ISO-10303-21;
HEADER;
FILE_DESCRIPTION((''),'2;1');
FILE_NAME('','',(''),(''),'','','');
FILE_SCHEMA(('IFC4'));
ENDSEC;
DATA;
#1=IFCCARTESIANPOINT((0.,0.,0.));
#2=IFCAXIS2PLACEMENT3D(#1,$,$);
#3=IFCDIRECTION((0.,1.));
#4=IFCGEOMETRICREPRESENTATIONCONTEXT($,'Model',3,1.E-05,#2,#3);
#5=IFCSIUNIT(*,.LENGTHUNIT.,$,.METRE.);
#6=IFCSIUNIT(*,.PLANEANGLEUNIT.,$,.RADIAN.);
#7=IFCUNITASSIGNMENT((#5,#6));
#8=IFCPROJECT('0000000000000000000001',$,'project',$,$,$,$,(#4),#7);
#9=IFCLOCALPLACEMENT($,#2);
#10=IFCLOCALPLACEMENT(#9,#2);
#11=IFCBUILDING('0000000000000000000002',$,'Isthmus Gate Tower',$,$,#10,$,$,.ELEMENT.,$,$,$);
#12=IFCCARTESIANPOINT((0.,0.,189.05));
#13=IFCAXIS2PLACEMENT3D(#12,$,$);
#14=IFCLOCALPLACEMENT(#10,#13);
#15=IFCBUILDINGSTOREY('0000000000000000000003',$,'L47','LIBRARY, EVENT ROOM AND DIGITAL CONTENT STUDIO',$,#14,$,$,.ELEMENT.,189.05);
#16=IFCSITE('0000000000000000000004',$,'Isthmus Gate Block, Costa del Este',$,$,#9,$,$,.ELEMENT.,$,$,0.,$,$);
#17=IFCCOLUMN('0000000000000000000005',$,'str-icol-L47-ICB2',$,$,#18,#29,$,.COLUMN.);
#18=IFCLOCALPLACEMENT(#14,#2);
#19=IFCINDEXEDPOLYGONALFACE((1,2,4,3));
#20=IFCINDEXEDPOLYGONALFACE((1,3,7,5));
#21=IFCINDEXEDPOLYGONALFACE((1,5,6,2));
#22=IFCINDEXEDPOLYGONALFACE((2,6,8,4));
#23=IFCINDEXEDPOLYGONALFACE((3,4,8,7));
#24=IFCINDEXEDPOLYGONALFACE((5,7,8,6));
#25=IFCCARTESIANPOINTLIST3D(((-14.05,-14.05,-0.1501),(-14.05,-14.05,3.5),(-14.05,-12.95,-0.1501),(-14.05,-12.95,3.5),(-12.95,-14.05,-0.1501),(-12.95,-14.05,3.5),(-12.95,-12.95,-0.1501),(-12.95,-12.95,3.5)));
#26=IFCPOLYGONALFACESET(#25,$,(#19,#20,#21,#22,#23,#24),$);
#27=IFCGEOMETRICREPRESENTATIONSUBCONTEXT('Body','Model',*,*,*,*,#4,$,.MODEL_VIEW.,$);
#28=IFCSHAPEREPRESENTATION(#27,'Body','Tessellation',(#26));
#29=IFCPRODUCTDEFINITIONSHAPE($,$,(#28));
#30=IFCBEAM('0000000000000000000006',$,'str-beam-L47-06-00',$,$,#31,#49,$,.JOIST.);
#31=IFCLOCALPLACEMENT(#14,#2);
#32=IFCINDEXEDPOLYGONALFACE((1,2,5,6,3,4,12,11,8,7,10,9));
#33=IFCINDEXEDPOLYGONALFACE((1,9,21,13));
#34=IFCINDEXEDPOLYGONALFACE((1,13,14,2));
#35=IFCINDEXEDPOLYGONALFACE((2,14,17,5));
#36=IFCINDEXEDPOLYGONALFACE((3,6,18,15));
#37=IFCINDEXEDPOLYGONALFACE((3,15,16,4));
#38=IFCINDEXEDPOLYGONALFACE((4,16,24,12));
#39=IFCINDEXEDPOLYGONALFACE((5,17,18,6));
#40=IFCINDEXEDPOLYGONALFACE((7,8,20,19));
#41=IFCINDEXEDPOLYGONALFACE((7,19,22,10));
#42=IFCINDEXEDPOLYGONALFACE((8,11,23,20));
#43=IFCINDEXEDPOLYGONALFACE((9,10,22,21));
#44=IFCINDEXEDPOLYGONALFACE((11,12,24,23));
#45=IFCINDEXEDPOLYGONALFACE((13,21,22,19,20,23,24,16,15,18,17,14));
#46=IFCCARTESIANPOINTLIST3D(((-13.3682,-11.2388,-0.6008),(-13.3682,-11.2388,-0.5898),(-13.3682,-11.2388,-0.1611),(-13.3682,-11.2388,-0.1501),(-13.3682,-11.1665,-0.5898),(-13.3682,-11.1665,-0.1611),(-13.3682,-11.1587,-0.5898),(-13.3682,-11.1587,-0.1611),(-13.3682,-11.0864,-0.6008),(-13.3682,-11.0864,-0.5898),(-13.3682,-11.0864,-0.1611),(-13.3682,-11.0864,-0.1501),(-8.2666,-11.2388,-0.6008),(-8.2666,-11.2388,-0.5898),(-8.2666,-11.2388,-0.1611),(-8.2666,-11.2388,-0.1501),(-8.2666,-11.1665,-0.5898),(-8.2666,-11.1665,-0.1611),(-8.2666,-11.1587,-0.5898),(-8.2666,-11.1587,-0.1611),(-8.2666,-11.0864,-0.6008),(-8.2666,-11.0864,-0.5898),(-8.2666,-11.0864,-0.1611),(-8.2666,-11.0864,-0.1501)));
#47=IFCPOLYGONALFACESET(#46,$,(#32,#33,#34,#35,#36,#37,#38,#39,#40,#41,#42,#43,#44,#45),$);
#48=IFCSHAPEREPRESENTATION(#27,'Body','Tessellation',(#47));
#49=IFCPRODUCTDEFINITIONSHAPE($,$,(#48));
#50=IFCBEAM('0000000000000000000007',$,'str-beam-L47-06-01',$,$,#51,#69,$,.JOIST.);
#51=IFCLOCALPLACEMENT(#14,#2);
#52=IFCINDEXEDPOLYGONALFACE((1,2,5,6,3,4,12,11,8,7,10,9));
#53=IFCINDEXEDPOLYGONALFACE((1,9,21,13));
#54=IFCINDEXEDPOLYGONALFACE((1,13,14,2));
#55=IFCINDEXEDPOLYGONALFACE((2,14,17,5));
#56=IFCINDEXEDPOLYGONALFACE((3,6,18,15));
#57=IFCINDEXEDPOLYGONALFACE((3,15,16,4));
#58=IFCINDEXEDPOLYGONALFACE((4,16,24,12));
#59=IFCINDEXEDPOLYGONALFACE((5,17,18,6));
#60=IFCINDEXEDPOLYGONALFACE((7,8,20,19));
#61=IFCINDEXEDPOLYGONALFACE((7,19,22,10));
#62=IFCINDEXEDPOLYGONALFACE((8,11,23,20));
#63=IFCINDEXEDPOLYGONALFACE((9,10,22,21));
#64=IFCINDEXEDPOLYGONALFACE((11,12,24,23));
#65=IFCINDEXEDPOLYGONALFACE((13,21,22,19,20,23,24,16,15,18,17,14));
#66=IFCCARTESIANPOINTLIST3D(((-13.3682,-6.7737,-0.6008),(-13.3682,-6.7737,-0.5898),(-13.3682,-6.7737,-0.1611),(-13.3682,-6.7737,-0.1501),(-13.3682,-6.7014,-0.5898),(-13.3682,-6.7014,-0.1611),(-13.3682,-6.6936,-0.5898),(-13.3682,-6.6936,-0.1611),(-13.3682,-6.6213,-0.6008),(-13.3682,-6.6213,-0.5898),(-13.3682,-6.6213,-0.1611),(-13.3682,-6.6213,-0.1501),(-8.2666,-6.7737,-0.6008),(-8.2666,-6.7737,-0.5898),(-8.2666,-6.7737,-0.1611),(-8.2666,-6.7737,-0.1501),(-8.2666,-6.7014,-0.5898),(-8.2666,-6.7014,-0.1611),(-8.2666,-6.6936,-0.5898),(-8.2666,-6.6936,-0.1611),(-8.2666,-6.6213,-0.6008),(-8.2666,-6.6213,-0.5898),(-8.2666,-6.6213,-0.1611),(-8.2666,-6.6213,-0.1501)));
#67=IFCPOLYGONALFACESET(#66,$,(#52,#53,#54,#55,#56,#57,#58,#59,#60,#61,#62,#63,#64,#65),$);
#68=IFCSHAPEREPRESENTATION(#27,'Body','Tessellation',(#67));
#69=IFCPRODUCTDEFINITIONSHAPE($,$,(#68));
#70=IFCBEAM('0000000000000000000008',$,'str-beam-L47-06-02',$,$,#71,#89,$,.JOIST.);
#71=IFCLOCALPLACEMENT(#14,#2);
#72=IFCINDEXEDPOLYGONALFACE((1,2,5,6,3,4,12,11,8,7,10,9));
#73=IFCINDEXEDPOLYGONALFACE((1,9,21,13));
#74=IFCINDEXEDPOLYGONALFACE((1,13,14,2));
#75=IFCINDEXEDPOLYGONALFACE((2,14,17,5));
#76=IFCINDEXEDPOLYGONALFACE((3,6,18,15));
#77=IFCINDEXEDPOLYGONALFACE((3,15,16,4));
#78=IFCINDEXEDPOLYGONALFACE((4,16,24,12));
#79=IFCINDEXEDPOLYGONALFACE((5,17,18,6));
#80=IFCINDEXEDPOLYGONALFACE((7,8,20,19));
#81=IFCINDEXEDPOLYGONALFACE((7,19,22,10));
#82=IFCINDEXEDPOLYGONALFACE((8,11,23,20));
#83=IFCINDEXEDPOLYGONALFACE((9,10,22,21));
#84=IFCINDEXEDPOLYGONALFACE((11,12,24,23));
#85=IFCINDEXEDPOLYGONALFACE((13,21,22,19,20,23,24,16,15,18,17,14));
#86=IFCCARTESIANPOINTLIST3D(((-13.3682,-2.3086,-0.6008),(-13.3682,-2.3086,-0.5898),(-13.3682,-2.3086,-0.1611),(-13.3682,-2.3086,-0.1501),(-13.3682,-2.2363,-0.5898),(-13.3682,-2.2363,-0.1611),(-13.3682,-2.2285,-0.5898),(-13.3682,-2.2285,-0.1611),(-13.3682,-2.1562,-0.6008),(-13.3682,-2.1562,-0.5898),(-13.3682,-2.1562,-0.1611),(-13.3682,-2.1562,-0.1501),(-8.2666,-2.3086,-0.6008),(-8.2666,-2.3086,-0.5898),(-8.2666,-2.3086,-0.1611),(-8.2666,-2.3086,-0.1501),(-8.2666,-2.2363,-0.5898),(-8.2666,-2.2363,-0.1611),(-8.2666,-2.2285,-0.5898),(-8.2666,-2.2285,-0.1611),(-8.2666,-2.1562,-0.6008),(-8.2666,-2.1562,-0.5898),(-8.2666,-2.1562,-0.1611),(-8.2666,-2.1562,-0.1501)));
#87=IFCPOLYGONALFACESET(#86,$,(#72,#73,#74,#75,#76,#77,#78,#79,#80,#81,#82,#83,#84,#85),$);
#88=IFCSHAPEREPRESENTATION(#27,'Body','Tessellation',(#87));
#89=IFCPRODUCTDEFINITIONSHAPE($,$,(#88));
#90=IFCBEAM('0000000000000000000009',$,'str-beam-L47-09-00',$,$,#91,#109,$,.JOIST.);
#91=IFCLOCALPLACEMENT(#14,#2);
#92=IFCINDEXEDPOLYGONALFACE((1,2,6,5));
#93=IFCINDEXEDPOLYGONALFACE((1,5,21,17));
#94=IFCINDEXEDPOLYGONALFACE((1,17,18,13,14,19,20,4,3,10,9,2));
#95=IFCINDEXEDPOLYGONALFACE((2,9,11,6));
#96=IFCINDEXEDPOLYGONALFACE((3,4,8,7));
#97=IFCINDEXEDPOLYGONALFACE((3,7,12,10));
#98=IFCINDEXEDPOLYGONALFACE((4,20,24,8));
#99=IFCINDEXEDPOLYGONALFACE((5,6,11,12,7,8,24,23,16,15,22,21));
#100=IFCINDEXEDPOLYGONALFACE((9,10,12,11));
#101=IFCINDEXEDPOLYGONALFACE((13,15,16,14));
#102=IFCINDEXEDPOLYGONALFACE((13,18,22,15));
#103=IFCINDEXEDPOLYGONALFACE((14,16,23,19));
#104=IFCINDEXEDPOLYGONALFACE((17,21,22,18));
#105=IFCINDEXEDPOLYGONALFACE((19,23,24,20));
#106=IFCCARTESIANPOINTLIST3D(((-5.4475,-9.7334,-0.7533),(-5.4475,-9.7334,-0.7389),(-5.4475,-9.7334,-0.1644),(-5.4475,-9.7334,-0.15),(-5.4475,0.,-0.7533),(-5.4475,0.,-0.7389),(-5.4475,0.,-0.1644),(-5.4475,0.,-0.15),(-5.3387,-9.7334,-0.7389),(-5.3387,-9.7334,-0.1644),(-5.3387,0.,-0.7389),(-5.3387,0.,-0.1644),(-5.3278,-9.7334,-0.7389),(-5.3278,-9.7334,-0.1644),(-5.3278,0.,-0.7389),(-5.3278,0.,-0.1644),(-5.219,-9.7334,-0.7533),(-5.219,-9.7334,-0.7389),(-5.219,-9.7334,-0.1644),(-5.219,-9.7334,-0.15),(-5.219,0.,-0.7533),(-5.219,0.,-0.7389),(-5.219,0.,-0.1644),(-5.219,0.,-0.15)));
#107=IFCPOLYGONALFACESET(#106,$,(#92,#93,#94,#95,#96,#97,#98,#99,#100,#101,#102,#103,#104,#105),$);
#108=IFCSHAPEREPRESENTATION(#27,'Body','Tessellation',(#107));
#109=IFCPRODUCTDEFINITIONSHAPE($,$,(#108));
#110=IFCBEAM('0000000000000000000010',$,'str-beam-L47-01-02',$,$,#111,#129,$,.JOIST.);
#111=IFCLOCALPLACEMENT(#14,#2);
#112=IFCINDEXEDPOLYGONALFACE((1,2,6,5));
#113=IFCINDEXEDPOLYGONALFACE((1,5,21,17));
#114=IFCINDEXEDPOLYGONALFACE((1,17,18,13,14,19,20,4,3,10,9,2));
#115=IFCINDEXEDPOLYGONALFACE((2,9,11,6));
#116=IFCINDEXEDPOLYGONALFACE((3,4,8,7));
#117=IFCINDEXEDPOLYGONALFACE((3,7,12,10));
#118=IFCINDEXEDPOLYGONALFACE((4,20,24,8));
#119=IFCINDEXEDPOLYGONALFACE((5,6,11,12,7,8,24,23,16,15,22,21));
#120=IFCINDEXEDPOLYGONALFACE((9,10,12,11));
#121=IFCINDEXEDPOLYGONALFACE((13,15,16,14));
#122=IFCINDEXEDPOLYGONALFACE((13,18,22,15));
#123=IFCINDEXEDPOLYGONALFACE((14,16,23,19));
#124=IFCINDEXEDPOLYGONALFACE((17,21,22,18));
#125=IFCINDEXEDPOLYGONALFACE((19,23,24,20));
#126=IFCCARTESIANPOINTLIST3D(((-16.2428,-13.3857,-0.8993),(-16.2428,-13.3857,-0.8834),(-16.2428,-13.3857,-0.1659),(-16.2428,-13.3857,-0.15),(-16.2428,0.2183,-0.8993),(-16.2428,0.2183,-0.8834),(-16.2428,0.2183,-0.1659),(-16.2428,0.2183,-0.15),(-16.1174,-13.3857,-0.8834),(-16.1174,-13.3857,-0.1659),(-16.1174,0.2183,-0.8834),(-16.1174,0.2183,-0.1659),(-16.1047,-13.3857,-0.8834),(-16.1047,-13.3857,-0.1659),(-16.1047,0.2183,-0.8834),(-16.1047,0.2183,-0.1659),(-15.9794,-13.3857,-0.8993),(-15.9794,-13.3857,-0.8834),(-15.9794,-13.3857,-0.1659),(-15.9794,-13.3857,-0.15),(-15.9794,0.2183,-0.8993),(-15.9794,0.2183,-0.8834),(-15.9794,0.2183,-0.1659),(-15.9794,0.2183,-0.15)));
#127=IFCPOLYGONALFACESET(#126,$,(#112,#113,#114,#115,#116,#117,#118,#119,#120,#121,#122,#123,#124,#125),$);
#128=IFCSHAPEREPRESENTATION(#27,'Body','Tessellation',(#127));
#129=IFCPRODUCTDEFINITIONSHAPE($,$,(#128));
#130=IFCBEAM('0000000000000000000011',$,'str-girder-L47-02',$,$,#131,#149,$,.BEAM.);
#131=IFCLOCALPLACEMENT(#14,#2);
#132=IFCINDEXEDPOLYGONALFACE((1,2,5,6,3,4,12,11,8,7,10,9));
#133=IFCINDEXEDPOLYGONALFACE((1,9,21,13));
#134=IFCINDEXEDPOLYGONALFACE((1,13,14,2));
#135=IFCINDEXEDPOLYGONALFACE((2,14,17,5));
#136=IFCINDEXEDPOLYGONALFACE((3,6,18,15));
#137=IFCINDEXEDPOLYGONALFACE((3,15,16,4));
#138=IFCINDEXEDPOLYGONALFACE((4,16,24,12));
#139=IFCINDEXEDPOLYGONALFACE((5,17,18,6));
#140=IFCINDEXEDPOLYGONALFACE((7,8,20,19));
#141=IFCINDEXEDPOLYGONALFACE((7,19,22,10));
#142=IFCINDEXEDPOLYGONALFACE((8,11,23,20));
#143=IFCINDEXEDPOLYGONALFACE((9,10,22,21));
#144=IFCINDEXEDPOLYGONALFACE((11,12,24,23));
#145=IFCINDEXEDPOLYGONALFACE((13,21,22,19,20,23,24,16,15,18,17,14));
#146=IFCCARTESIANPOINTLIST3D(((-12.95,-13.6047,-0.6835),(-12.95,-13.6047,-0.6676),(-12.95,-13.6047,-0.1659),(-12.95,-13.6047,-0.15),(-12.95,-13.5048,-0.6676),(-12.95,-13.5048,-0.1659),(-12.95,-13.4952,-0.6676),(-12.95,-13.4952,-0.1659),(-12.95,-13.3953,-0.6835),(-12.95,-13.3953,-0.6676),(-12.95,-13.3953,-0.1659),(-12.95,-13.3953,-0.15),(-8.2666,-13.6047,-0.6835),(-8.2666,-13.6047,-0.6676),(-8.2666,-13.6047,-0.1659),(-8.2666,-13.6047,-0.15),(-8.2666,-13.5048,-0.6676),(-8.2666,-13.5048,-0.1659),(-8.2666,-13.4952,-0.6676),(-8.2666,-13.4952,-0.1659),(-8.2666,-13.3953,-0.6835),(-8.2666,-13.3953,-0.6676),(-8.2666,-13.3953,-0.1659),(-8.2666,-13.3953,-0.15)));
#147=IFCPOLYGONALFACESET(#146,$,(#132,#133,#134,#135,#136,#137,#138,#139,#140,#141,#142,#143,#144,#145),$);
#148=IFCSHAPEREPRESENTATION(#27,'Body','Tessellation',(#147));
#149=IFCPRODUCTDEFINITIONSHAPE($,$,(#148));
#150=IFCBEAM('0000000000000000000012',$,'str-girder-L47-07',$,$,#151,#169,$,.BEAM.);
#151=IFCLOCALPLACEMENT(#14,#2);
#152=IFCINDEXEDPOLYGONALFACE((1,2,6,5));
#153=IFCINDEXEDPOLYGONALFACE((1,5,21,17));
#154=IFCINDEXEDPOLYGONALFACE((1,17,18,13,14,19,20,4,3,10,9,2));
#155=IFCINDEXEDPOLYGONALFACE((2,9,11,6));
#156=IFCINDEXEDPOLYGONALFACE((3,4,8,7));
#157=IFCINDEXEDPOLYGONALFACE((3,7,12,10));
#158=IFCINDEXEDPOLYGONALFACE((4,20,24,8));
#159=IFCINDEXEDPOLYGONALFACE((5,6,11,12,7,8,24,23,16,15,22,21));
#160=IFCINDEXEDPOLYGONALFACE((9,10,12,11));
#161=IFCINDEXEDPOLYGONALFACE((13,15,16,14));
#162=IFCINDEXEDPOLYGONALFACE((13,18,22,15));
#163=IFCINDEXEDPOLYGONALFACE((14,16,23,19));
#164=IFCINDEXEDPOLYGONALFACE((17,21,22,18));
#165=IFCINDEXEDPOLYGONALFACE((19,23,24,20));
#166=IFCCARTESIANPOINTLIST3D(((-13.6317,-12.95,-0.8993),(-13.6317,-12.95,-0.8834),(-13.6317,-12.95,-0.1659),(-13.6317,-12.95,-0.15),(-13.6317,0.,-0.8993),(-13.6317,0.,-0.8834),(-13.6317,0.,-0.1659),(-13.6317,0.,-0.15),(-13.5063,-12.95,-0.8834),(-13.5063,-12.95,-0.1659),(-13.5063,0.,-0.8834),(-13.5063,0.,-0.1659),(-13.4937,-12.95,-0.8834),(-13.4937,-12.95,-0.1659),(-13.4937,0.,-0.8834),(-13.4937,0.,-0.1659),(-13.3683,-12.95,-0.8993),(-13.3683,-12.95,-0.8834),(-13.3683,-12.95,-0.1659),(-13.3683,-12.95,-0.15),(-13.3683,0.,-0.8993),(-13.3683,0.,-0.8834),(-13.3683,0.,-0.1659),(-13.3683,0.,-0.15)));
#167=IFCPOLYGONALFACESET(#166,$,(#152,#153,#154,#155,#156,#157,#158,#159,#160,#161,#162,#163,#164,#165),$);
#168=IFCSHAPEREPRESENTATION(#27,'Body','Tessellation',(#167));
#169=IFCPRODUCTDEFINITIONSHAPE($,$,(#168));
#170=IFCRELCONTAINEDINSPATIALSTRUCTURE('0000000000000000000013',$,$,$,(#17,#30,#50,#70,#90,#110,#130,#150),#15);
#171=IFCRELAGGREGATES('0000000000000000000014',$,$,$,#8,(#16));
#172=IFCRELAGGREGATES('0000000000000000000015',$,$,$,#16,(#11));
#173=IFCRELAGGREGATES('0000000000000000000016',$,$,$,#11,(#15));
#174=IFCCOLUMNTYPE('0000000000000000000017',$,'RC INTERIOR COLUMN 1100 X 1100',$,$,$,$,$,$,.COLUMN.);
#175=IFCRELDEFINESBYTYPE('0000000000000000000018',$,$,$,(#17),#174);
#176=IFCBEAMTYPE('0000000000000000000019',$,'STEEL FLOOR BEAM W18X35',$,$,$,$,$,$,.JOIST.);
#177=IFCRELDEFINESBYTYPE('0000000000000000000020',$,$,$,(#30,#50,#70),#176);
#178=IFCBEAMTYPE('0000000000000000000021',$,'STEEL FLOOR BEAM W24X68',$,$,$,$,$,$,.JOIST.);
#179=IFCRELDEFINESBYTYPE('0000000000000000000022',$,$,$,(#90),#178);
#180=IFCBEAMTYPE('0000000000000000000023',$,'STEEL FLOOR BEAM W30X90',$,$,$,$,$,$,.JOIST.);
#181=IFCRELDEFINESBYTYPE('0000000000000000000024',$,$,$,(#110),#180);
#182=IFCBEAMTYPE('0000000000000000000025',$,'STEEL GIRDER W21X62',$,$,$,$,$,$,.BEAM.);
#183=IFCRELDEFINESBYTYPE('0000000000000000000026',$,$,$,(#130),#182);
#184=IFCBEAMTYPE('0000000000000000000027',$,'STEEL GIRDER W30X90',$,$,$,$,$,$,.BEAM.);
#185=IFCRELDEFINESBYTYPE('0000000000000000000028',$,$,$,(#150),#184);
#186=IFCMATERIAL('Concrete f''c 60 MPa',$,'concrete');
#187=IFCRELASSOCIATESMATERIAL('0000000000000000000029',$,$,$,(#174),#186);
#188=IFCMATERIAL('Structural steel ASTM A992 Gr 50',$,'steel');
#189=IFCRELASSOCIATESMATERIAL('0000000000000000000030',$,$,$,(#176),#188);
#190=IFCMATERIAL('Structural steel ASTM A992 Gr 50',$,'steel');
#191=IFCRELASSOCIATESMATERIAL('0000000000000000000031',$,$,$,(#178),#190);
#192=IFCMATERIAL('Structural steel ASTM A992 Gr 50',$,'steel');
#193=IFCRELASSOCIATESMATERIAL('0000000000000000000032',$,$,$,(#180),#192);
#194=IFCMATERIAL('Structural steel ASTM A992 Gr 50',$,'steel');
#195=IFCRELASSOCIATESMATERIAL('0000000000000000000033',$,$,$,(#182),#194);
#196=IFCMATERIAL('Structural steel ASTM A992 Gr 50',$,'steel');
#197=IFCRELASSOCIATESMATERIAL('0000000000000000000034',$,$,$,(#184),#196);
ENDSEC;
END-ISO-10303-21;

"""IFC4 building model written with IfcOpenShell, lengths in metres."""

from ifc_helpers import new_model, si_unit, direction, frame, origin, origin_2d, place, context, subcontext, project, spatial, rectangle, i_section, extrude, material, material_profile, profile_set, type_object, element, save


model = new_model("IFC4")

# Units and contexts
model_context = context("Model", 3, precision=1e-05, world=origin(), true_north=direction((0.0, 1.0)))
body_context = subcontext(model_context, "Body", "Model", "MODEL_VIEW")
ifc_project = project(units=[si_unit("LENGTHUNIT", "METRE"), si_unit("PLANEANGLEUNIT", "RADIAN")], contexts=[model_context])

# Site, building, storey
site_placement = place(None, origin())
site = spatial("IfcSite", under=ifc_project, at=site_placement, Name="Isthmus Gate Block, Costa del Este", CompositionType="ELEMENT", RefElevation=0.0)
building_placement = place(site_placement, origin())
building = spatial("IfcBuilding", under=site, at=building_placement, Name="Isthmus Gate Tower", CompositionType="ELEMENT")
storey_placement = place(building_placement, frame((0.0, 0.0, 189.05)))
storey = spatial("IfcBuildingStorey", under=building, at=storey_placement, Name="L47", Description="LIBRARY, EVENT ROOM AND DIGITAL CONTENT STUDIO", CompositionType="ELEMENT", Elevation=189.05)

# Column
ifc_material_1 = material(Name="Concrete f'c 60 MPa", Category="concrete")
ifc_material_profile_1 = material_profile(ifc_material_1, rectangle(XDim=1.1001, YDim=1.1001, at=origin_2d()), Name="RC 1100X1100")
ifc_profile_set_1 = profile_set([ifc_material_profile_1], Name="Concrete f'c 60 MPa")
column_type = type_object("IfcColumnType", Name="RC INTERIOR COLUMN 1100 X 1100", PredefinedType="COLUMN", material=ifc_profile_set_1)
column_placement = place(storey_placement, frame((-13.5, -13.5, -0.1501), z_axis=(0.0, 0.0, 1.0), x_axis=(1.0, 0.0, 0.0)))
element("IfcColumn", 1, at=column_placement, inside=storey, type_object=column_type, Name="str-icol-L47-ICB2", PredefinedType="COLUMN", context=body_context, shape_type="SweptSolid", body=[
    extrude(rectangle(XDim=1.1001, YDim=1.1001, at=origin_2d()), origin(), (0.0, 0.0, 1.0), 3.6501),
])

# Beams
ifc_material_2 = material(Name="Structural steel ASTM A992 Gr 50", Category="steel")
ifc_material_profile_2 = material_profile(ifc_material_2, i_section(OverallWidth=0.1523, OverallDepth=0.4507, WebThickness=0.0078, FlangeThickness=0.011, at=origin_2d()), Name="W18X35")
ifc_profile_set_2 = profile_set([ifc_material_profile_2], Name="Structural steel ASTM A992 Gr 50")
beam_type_1 = type_object("IfcBeamType", Name="STEEL FLOOR BEAM W18X35", PredefinedType="JOIST", material=ifc_profile_set_2)
for number, where, z_axis, x_axis, name in (
    (2, (-13.3682, -11.1626, -0.3755), (1.0, 0.0, 0.0), (0.0, 1.0, 0.0), "str-beam-L47-06-00"),
    (3, (-13.3682, -6.6975, -0.3755), (1.0, 0.0, 0.0), (0.0, 1.0, 0.0), "str-beam-L47-06-01"),
    (4, (-13.3682, -2.2324, -0.3755), (1.0, 0.0, 0.0), (0.0, 1.0, 0.0), "str-beam-L47-06-02"),
):
    element("IfcBeam", number, at=place(storey_placement, frame(where, z_axis=z_axis, x_axis=x_axis)), inside=storey, type_object=beam_type_1, Name=name, PredefinedType="JOIST", context=body_context, shape_type="SweptSolid", body=[
        extrude(i_section(OverallWidth=0.1523, OverallDepth=0.4507, WebThickness=0.0078, FlangeThickness=0.011, at=origin_2d()), origin(), (0.0, 0.0, 1.0), 5.1016),
    ])
ifc_material_3 = material(Name="Structural steel ASTM A992 Gr 50", Category="steel")
ifc_material_profile_3 = material_profile(ifc_material_3, i_section(OverallWidth=0.2285, OverallDepth=0.6033, WebThickness=0.011, FlangeThickness=0.0144, at=origin_2d()), Name="W24X68")
ifc_profile_set_3 = profile_set([ifc_material_profile_3], Name="Structural steel ASTM A992 Gr 50")
beam_type_2 = type_object("IfcBeamType", Name="STEEL FLOOR BEAM W24X68", PredefinedType="JOIST", material=ifc_profile_set_3)
beam_1_placement = place(storey_placement, frame((-5.3333, -9.7334, -0.4517), z_axis=(0.0, 1.0, 0.0), x_axis=(-1.0, 0.0, 0.0)))
element("IfcBeam", 5, at=beam_1_placement, inside=storey, type_object=beam_type_2, Name="str-beam-L47-09-00", PredefinedType="JOIST", context=body_context, shape_type="SweptSolid", body=[
    extrude(i_section(OverallWidth=0.2285, OverallDepth=0.6033, WebThickness=0.011, FlangeThickness=0.0144, at=origin_2d()), origin(), (0.0, 0.0, 1.0), 9.7334),
])
ifc_material_4 = material(Name="Structural steel ASTM A992 Gr 50", Category="steel")
ifc_material_profile_4 = material_profile(ifc_material_4, i_section(OverallWidth=0.2634, OverallDepth=0.7493, WebThickness=0.0127, FlangeThickness=0.0159, at=origin_2d()), Name="W30X90")
ifc_profile_set_4 = profile_set([ifc_material_profile_4], Name="Structural steel ASTM A992 Gr 50")
beam_type_3 = type_object("IfcBeamType", Name="STEEL FLOOR BEAM W30X90", PredefinedType="JOIST", material=ifc_profile_set_4)
beam_2_placement = place(storey_placement, frame((-16.1111, -13.3857, -0.5247), z_axis=(0.0, 1.0, 0.0), x_axis=(-1.0, 0.0, 0.0)))
element("IfcBeam", 6, at=beam_2_placement, inside=storey, type_object=beam_type_3, Name="str-beam-L47-01-02", PredefinedType="JOIST", context=body_context, shape_type="SweptSolid", body=[
    extrude(i_section(OverallWidth=0.2634, OverallDepth=0.7493, WebThickness=0.0127, FlangeThickness=0.0159, at=origin_2d()), origin(), (0.0, 0.0, 1.0), 13.604),
])
ifc_material_5 = material(Name="Structural steel ASTM A992 Gr 50", Category="steel")
ifc_material_profile_5 = material_profile(ifc_material_5, i_section(OverallWidth=0.2095, OverallDepth=0.5334, WebThickness=0.0095, FlangeThickness=0.0159, at=origin_2d()), Name="W21X62")
ifc_profile_set_5 = profile_set([ifc_material_profile_5], Name="Structural steel ASTM A992 Gr 50")
beam_type_4 = type_object("IfcBeamType", Name="STEEL GIRDER W21X62", PredefinedType="BEAM", material=ifc_profile_set_5)
beam_3_placement = place(storey_placement, frame((-12.95, -13.5, -0.4167), z_axis=(1.0, 0.0, 0.0), x_axis=(0.0, 1.0, 0.0)))
element("IfcBeam", 7, at=beam_3_placement, inside=storey, type_object=beam_type_4, Name="str-girder-L47-02", PredefinedType="BEAM", context=body_context, shape_type="SweptSolid", body=[
    extrude(i_section(OverallWidth=0.2095, OverallDepth=0.5334, WebThickness=0.0095, FlangeThickness=0.0159, at=origin_2d()), origin(), (0.0, 0.0, 1.0), 4.6833),
])
ifc_material_6 = material(Name="Structural steel ASTM A992 Gr 50", Category="steel")
ifc_material_profile_6 = material_profile(ifc_material_6, i_section(OverallWidth=0.2634, OverallDepth=0.7493, WebThickness=0.0127, FlangeThickness=0.0159, at=origin_2d()), Name="W30X90")
ifc_profile_set_6 = profile_set([ifc_material_profile_6], Name="Structural steel ASTM A992 Gr 50")
beam_type_5 = type_object("IfcBeamType", Name="STEEL GIRDER W30X90", PredefinedType="BEAM", material=ifc_profile_set_6)
beam_4_placement = place(storey_placement, frame((-13.5, -12.95, -0.5247), z_axis=(0.0, 1.0, 0.0), x_axis=(-1.0, 0.0, 0.0)))
element("IfcBeam", 8, at=beam_4_placement, inside=storey, type_object=beam_type_5, Name="str-girder-L47-07", PredefinedType="BEAM", context=body_context, shape_type="SweptSolid", body=[
    extrude(i_section(OverallWidth=0.2634, OverallDepth=0.7493, WebThickness=0.0127, FlangeThickness=0.0159, at=origin_2d()), origin(), (0.0, 0.0, 1.0), 12.95),
])

save(model, "model.ifc")
